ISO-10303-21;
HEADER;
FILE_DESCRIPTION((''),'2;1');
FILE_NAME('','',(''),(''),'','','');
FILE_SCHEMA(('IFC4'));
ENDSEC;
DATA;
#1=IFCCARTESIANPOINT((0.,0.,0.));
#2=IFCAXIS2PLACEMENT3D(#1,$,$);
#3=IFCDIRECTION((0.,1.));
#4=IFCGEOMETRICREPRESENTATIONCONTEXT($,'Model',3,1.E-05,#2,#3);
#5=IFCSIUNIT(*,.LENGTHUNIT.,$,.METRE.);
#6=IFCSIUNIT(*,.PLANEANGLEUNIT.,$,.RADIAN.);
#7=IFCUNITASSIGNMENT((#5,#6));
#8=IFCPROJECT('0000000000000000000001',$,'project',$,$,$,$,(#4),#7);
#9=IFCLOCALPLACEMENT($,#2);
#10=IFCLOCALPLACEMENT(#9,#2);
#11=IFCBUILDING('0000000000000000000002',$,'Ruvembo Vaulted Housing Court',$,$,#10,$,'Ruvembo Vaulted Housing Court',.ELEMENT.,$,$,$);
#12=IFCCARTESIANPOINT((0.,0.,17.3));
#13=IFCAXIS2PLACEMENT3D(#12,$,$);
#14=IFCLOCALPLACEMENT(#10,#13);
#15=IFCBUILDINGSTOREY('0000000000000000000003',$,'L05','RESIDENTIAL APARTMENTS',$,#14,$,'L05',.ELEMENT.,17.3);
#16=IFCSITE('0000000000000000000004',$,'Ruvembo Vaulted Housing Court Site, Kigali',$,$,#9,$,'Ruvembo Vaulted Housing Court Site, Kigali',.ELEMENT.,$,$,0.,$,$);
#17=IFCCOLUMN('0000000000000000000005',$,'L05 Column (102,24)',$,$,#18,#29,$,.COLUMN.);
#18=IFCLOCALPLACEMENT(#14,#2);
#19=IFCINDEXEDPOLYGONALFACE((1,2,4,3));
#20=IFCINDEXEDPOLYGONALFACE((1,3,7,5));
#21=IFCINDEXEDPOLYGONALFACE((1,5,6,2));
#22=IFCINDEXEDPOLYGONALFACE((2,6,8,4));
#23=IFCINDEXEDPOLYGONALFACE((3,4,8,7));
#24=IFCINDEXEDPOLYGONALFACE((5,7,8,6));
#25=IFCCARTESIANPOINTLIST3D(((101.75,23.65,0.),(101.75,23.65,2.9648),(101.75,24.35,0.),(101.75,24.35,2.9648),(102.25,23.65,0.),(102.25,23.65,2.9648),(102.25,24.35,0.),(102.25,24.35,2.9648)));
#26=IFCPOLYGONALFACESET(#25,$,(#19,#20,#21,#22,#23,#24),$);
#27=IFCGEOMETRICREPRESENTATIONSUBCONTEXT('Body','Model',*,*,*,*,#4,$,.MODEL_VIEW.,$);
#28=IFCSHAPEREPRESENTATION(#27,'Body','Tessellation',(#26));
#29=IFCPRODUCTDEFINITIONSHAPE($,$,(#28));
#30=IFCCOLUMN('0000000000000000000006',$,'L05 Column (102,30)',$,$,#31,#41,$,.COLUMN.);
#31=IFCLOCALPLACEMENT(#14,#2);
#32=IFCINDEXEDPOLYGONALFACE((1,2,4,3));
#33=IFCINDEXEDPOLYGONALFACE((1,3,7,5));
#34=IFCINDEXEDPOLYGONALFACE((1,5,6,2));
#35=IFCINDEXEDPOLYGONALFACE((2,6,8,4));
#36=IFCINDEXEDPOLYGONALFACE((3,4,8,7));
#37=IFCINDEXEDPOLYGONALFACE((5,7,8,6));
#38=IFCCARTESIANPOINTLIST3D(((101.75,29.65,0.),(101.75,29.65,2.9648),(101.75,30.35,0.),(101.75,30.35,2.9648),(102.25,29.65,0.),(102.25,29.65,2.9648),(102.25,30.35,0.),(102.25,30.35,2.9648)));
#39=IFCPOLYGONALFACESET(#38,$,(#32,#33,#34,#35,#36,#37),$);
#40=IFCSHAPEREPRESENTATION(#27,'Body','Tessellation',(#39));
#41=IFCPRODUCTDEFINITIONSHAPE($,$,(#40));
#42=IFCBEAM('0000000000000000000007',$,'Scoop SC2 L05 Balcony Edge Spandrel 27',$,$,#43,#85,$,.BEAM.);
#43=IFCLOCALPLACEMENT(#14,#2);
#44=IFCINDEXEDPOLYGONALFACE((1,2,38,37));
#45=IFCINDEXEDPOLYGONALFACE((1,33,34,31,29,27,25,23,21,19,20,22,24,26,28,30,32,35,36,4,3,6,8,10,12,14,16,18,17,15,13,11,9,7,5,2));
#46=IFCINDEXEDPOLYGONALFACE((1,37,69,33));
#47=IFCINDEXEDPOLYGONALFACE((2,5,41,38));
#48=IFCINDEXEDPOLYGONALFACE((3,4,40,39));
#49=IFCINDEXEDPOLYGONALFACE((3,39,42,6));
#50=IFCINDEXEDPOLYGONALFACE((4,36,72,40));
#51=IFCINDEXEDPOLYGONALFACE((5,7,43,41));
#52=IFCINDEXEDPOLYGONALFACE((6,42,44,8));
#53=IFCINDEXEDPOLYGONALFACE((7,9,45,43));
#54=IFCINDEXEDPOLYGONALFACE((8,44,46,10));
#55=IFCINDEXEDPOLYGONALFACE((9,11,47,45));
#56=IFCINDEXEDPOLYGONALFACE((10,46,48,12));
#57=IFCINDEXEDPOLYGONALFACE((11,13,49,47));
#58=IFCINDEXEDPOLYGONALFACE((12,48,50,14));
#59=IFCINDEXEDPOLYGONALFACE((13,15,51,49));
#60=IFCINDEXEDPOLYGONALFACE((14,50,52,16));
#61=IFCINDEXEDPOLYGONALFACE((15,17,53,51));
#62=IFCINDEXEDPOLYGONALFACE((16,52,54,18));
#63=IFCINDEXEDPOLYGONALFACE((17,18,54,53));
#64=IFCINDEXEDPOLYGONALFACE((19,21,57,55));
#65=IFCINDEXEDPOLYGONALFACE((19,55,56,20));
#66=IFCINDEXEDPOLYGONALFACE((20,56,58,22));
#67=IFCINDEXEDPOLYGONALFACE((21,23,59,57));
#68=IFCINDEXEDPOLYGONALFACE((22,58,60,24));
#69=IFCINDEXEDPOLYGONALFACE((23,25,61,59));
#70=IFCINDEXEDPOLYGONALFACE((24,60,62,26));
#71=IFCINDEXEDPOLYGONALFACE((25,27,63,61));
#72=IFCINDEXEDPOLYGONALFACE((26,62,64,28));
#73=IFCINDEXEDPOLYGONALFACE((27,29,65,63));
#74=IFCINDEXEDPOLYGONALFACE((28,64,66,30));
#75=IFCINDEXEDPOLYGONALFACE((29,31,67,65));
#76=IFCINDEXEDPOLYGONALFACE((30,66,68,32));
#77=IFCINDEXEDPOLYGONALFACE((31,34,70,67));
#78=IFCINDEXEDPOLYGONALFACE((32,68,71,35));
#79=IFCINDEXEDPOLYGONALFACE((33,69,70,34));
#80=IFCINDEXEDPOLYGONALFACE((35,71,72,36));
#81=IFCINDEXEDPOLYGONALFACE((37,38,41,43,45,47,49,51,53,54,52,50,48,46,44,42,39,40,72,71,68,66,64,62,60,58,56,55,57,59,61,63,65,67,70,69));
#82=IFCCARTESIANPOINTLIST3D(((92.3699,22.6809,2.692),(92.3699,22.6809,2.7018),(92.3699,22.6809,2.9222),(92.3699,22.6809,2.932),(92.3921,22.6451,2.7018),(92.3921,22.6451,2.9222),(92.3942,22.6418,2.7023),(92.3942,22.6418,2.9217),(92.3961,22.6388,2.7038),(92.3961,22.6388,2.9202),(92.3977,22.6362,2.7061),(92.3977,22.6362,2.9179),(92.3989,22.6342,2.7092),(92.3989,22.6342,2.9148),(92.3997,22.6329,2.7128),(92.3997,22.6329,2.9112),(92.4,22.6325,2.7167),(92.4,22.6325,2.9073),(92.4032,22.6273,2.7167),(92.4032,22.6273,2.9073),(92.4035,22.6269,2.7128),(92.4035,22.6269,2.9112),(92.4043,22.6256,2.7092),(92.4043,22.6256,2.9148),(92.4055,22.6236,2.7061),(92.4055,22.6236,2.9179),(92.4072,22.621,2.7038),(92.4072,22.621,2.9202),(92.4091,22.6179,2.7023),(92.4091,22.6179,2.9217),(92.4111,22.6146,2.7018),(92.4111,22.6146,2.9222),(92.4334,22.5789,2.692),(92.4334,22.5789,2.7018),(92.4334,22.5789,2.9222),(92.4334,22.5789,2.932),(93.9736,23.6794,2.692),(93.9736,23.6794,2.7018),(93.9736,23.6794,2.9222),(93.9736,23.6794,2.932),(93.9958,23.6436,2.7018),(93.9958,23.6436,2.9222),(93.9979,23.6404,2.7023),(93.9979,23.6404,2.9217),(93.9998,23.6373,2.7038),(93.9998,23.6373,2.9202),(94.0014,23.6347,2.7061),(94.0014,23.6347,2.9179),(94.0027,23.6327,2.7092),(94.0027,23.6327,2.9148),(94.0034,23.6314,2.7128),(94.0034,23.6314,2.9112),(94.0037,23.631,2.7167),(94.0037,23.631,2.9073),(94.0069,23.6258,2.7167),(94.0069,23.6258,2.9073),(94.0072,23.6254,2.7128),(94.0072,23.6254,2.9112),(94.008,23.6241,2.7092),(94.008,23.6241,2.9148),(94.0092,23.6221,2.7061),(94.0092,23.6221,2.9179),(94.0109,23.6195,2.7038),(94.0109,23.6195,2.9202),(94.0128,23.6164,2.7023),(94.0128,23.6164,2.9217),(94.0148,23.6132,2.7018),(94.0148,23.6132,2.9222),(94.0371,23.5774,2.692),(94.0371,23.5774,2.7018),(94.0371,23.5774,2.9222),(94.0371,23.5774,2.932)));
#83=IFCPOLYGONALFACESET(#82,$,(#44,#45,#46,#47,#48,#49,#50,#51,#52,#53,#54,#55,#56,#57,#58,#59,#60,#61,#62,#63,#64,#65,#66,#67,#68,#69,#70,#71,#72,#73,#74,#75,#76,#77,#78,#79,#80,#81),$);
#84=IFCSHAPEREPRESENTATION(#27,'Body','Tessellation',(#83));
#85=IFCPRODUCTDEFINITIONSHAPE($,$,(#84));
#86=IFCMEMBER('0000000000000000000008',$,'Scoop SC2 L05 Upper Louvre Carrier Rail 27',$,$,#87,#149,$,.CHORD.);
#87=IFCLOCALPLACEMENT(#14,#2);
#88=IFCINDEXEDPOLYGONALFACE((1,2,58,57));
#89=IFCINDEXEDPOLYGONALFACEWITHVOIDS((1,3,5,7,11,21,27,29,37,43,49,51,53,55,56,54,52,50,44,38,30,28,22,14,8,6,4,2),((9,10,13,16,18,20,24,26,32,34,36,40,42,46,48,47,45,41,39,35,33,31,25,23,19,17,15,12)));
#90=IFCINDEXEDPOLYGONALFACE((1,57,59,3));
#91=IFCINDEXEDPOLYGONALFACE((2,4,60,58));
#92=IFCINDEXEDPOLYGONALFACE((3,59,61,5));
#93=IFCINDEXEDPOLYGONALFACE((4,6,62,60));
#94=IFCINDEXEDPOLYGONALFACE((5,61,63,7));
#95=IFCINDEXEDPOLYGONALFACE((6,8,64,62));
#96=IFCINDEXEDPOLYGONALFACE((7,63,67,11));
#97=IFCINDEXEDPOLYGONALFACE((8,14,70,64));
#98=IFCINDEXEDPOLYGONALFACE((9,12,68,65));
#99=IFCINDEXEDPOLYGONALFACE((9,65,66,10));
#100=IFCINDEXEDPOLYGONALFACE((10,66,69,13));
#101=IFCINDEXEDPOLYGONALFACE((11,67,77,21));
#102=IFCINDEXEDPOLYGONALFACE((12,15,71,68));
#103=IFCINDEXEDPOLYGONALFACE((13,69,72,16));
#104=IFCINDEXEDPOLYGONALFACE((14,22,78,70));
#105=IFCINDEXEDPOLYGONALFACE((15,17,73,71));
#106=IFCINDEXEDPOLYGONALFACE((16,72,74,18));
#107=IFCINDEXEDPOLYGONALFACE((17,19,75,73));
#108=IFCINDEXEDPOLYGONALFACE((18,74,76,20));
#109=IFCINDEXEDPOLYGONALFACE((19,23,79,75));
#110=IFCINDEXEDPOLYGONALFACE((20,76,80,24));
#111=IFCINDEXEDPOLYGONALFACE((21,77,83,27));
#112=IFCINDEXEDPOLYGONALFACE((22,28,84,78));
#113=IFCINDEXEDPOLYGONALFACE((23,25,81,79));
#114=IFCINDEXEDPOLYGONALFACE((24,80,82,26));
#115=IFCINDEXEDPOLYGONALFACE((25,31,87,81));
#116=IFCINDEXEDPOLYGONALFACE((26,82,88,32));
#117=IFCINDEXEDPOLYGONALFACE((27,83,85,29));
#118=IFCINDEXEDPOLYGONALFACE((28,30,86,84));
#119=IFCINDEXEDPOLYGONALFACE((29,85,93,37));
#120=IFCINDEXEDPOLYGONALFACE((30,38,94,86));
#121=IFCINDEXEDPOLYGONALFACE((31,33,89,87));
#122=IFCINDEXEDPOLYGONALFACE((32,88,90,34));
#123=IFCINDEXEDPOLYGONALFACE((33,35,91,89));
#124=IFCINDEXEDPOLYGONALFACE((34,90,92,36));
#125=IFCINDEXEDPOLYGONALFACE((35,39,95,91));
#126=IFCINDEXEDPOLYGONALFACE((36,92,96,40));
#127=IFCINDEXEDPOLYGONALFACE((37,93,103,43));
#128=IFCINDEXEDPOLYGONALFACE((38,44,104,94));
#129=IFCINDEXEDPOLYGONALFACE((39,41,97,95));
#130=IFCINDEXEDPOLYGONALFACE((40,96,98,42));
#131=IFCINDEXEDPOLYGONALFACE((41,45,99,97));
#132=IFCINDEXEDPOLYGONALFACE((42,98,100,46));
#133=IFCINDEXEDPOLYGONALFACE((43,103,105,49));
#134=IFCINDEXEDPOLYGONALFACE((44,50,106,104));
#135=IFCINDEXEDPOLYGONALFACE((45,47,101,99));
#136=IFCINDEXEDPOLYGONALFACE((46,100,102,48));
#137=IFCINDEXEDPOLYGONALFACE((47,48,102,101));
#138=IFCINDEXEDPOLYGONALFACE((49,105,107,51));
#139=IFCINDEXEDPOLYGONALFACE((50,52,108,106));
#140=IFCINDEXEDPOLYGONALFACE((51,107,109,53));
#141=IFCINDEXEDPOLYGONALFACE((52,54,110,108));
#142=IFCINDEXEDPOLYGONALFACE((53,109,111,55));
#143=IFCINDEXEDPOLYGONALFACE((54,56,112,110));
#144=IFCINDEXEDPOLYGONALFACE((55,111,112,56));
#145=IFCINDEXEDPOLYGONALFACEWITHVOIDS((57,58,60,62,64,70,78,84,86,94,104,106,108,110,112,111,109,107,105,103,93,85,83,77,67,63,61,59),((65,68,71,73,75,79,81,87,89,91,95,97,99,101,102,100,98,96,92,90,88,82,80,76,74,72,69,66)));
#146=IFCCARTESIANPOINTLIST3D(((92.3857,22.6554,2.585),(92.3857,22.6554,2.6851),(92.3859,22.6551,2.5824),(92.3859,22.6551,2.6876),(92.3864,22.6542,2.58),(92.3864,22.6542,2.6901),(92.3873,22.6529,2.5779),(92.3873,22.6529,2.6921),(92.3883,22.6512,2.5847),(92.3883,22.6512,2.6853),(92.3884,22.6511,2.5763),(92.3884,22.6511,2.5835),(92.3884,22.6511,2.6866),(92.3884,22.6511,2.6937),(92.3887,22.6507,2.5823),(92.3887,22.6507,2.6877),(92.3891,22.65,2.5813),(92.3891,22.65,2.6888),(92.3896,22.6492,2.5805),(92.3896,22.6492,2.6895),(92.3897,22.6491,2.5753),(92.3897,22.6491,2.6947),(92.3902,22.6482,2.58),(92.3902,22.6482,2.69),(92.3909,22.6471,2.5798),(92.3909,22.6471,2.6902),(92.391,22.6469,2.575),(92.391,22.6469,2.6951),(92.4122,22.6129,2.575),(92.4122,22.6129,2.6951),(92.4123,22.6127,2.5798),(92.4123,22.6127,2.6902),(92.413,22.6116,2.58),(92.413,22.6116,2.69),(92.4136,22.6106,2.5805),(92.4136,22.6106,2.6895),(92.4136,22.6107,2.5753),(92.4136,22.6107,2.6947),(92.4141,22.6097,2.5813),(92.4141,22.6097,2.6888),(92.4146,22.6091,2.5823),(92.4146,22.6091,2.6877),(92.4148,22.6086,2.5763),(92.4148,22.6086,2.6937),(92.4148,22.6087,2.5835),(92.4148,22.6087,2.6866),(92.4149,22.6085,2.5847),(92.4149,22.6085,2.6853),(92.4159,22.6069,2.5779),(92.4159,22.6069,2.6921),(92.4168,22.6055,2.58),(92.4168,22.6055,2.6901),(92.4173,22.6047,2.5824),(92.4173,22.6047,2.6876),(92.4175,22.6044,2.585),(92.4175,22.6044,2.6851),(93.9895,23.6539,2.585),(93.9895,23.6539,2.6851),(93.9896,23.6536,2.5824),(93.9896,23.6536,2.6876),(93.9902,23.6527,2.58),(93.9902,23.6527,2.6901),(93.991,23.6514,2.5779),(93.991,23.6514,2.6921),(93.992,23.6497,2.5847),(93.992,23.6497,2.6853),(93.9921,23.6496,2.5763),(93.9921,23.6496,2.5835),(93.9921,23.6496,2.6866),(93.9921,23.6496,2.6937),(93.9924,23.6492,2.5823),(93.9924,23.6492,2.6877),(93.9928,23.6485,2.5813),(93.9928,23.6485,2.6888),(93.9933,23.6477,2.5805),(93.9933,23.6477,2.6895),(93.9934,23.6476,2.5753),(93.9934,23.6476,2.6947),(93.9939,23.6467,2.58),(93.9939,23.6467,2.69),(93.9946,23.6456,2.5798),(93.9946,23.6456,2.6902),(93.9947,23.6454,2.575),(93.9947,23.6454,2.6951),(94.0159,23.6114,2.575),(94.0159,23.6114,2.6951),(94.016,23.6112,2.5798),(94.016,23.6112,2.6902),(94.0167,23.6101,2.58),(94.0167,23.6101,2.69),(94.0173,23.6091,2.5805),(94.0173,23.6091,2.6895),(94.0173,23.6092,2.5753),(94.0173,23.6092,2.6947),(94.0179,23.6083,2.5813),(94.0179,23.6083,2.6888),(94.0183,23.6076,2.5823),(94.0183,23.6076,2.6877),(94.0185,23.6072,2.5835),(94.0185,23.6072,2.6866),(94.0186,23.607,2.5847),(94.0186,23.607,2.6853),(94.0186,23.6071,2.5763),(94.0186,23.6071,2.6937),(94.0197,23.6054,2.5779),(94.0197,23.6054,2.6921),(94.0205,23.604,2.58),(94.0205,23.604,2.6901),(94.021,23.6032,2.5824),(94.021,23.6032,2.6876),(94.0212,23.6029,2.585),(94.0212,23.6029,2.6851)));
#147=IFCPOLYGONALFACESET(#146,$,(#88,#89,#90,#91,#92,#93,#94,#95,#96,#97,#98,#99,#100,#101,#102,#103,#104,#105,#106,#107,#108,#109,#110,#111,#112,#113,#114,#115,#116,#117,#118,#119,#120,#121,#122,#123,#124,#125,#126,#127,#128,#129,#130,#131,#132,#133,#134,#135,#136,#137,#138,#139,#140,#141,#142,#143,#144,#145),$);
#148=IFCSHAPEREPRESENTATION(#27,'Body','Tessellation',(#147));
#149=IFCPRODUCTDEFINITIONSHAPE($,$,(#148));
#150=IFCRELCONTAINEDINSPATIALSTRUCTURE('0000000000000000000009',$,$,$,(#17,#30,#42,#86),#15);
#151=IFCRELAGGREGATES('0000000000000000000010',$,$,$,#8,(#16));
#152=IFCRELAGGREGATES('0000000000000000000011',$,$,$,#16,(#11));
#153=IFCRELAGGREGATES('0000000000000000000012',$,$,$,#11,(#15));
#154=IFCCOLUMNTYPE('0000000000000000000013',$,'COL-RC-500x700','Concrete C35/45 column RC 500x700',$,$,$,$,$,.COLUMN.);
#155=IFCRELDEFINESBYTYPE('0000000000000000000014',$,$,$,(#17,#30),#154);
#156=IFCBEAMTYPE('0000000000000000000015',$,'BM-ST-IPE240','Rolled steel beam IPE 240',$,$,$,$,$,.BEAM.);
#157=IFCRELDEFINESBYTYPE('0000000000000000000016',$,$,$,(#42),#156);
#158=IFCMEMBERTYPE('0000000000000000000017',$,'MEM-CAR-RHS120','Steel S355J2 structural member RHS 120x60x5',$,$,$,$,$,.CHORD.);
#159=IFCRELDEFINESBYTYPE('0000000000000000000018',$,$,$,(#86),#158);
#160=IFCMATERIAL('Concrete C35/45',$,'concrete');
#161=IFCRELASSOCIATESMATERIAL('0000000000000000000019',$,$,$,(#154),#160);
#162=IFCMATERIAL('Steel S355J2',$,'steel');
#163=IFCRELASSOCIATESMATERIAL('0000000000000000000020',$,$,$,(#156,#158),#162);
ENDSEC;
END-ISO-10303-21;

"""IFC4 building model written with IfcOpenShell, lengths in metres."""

from ifc_helpers import new_model, si_unit, direction, frame, origin, origin_2d, place, context, subcontext, project, spatial, rectangle, hollow_rectangle, i_section, extrude, material, material_profile, profile_set, type_object, element, save


model = new_model("IFC4")

# Units and contexts
model_context = context("Model", 3, precision=1e-05, world=origin(), true_north=direction((0.0, 1.0)))
body_context = subcontext(model_context, "Body", "Model", "MODEL_VIEW")
ifc_project = project(units=[si_unit("LENGTHUNIT", "METRE"), si_unit("PLANEANGLEUNIT", "RADIAN")], contexts=[model_context])

# Site, building, storey
site_placement = place(None, origin())
site = spatial("IfcSite", under=ifc_project, at=site_placement, Name="Ruvembo Vaulted Housing Court Site, Kigali", LongName="Ruvembo Vaulted Housing Court Site, Kigali", CompositionType="ELEMENT", RefElevation=0.0)
building_placement = place(site_placement, origin())
building = spatial("IfcBuilding", under=site, at=building_placement, Name="Ruvembo Vaulted Housing Court", LongName="Ruvembo Vaulted Housing Court", CompositionType="ELEMENT")
storey_placement = place(building_placement, frame((0.0, 0.0, 17.3)))
storey = spatial("IfcBuildingStorey", under=building, at=storey_placement, Name="L05", Description="RESIDENTIAL APARTMENTS", LongName="L05", CompositionType="ELEMENT", Elevation=17.3)

# Columns
ifc_material_1 = material(Name="Concrete C35/45", Category="concrete")
ifc_material_profile_1 = material_profile(ifc_material_1, rectangle(XDim=0.5, YDim=0.7, at=origin_2d()), Name="RC 500x700")
ifc_profile_set_1 = profile_set([ifc_material_profile_1], Name="Concrete C35/45")
column_type = type_object("IfcColumnType", Name="COL-RC-500x700", Description="Concrete C35/45 column RC 500x700", PredefinedType="COLUMN", material=ifc_profile_set_1)
for number, where, z_axis, x_axis, name in (
    (1, (102.0, 24.0, 0.0), (0.0, 0.0, 1.0), (1.0, 0.0, 0.0), "L05 Column (102,24)"),
    (2, (102.0, 30.0, 0.0), (0.0, 0.0, 1.0), (1.0, 0.0, 0.0), "L05 Column (102,30)"),
):
    element("IfcColumn", number, at=place(storey_placement, frame(where, z_axis=z_axis, x_axis=x_axis)), inside=storey, type_object=column_type, Name=name, PredefinedType="COLUMN", context=body_context, shape_type="SweptSolid", body=[
        extrude(rectangle(XDim=0.5, YDim=0.7, at=origin_2d()), origin(), (0.0, 0.0, 1.0), 2.9648),
    ])

# Beam
ifc_material_2 = material(Name="Steel S355J2", Category="steel")
ifc_material_profile_2 = material_profile(ifc_material_2, i_section(OverallWidth=0.1201, OverallDepth=0.24, WebThickness=0.0061, FlangeThickness=0.0098, FilletRadius=0.0149, at=origin_2d()), Name="IPE 240")
ifc_profile_set_2 = profile_set([ifc_material_profile_2], Name="Steel S355J2")
beam_type_1 = type_object("IfcBeamType", Name="BM-ST-IPE240", Description="Rolled steel beam IPE 240", PredefinedType="BEAM", material=ifc_profile_set_2)
beam_placement = place(storey_placement, frame((92.4016, 22.6299, 2.812), z_axis=(0.848905, 0.528546, 0.0), x_axis=(-0.528546, 0.848905, 0.0)))
element("IfcBeam", 3, at=beam_placement, inside=storey, type_object=beam_type_1, Name="Scoop SC2 L05 Balcony Edge Spandrel 27", PredefinedType="BEAM", context=body_context, shape_type="SweptSolid", body=[
    extrude(i_section(OverallWidth=0.1201, OverallDepth=0.24, WebThickness=0.0061, FlangeThickness=0.0098, FilletRadius=0.0149, at=origin_2d()), origin(), (0.0, 0.0, 1.0), 1.8892),
])

# Member
ifc_material_profile_3 = material_profile(ifc_material_2, hollow_rectangle(XDim=0.0601, YDim=0.1201, WallThickness=0.0049, InnerFilletRadius=0.0049, OuterFilletRadius=0.01, at=origin_2d()), Name="RHS 120x60x5")
ifc_profile_set_3 = profile_set([ifc_material_profile_3], Name="Steel S355J2")
member_type_1 = type_object("IfcMemberType", Name="MEM-CAR-RHS120", Description="Steel S355J2 structural member RHS 120x60x5", PredefinedType="CHORD", material=ifc_profile_set_3)
member_1_placement = place(storey_placement, frame((92.4016, 22.6299, 2.635), z_axis=(0.848905, 0.528546, 0.0), x_axis=(-0.528546, 0.848905, 0.0)))
element("IfcMember", 4, at=member_1_placement, inside=storey, type_object=member_type_1, Name="Scoop SC2 L05 Upper Louvre Carrier Rail 27", PredefinedType="CHORD", context=body_context, shape_type="SweptSolid", body=[
    extrude(hollow_rectangle(XDim=0.0601, YDim=0.1201, WallThickness=0.0049, InnerFilletRadius=0.0049, OuterFilletRadius=0.01, at=origin_2d()), origin(), (0.0, 0.0, 1.0), 1.8892),
])

save(model, "model.ifc")
